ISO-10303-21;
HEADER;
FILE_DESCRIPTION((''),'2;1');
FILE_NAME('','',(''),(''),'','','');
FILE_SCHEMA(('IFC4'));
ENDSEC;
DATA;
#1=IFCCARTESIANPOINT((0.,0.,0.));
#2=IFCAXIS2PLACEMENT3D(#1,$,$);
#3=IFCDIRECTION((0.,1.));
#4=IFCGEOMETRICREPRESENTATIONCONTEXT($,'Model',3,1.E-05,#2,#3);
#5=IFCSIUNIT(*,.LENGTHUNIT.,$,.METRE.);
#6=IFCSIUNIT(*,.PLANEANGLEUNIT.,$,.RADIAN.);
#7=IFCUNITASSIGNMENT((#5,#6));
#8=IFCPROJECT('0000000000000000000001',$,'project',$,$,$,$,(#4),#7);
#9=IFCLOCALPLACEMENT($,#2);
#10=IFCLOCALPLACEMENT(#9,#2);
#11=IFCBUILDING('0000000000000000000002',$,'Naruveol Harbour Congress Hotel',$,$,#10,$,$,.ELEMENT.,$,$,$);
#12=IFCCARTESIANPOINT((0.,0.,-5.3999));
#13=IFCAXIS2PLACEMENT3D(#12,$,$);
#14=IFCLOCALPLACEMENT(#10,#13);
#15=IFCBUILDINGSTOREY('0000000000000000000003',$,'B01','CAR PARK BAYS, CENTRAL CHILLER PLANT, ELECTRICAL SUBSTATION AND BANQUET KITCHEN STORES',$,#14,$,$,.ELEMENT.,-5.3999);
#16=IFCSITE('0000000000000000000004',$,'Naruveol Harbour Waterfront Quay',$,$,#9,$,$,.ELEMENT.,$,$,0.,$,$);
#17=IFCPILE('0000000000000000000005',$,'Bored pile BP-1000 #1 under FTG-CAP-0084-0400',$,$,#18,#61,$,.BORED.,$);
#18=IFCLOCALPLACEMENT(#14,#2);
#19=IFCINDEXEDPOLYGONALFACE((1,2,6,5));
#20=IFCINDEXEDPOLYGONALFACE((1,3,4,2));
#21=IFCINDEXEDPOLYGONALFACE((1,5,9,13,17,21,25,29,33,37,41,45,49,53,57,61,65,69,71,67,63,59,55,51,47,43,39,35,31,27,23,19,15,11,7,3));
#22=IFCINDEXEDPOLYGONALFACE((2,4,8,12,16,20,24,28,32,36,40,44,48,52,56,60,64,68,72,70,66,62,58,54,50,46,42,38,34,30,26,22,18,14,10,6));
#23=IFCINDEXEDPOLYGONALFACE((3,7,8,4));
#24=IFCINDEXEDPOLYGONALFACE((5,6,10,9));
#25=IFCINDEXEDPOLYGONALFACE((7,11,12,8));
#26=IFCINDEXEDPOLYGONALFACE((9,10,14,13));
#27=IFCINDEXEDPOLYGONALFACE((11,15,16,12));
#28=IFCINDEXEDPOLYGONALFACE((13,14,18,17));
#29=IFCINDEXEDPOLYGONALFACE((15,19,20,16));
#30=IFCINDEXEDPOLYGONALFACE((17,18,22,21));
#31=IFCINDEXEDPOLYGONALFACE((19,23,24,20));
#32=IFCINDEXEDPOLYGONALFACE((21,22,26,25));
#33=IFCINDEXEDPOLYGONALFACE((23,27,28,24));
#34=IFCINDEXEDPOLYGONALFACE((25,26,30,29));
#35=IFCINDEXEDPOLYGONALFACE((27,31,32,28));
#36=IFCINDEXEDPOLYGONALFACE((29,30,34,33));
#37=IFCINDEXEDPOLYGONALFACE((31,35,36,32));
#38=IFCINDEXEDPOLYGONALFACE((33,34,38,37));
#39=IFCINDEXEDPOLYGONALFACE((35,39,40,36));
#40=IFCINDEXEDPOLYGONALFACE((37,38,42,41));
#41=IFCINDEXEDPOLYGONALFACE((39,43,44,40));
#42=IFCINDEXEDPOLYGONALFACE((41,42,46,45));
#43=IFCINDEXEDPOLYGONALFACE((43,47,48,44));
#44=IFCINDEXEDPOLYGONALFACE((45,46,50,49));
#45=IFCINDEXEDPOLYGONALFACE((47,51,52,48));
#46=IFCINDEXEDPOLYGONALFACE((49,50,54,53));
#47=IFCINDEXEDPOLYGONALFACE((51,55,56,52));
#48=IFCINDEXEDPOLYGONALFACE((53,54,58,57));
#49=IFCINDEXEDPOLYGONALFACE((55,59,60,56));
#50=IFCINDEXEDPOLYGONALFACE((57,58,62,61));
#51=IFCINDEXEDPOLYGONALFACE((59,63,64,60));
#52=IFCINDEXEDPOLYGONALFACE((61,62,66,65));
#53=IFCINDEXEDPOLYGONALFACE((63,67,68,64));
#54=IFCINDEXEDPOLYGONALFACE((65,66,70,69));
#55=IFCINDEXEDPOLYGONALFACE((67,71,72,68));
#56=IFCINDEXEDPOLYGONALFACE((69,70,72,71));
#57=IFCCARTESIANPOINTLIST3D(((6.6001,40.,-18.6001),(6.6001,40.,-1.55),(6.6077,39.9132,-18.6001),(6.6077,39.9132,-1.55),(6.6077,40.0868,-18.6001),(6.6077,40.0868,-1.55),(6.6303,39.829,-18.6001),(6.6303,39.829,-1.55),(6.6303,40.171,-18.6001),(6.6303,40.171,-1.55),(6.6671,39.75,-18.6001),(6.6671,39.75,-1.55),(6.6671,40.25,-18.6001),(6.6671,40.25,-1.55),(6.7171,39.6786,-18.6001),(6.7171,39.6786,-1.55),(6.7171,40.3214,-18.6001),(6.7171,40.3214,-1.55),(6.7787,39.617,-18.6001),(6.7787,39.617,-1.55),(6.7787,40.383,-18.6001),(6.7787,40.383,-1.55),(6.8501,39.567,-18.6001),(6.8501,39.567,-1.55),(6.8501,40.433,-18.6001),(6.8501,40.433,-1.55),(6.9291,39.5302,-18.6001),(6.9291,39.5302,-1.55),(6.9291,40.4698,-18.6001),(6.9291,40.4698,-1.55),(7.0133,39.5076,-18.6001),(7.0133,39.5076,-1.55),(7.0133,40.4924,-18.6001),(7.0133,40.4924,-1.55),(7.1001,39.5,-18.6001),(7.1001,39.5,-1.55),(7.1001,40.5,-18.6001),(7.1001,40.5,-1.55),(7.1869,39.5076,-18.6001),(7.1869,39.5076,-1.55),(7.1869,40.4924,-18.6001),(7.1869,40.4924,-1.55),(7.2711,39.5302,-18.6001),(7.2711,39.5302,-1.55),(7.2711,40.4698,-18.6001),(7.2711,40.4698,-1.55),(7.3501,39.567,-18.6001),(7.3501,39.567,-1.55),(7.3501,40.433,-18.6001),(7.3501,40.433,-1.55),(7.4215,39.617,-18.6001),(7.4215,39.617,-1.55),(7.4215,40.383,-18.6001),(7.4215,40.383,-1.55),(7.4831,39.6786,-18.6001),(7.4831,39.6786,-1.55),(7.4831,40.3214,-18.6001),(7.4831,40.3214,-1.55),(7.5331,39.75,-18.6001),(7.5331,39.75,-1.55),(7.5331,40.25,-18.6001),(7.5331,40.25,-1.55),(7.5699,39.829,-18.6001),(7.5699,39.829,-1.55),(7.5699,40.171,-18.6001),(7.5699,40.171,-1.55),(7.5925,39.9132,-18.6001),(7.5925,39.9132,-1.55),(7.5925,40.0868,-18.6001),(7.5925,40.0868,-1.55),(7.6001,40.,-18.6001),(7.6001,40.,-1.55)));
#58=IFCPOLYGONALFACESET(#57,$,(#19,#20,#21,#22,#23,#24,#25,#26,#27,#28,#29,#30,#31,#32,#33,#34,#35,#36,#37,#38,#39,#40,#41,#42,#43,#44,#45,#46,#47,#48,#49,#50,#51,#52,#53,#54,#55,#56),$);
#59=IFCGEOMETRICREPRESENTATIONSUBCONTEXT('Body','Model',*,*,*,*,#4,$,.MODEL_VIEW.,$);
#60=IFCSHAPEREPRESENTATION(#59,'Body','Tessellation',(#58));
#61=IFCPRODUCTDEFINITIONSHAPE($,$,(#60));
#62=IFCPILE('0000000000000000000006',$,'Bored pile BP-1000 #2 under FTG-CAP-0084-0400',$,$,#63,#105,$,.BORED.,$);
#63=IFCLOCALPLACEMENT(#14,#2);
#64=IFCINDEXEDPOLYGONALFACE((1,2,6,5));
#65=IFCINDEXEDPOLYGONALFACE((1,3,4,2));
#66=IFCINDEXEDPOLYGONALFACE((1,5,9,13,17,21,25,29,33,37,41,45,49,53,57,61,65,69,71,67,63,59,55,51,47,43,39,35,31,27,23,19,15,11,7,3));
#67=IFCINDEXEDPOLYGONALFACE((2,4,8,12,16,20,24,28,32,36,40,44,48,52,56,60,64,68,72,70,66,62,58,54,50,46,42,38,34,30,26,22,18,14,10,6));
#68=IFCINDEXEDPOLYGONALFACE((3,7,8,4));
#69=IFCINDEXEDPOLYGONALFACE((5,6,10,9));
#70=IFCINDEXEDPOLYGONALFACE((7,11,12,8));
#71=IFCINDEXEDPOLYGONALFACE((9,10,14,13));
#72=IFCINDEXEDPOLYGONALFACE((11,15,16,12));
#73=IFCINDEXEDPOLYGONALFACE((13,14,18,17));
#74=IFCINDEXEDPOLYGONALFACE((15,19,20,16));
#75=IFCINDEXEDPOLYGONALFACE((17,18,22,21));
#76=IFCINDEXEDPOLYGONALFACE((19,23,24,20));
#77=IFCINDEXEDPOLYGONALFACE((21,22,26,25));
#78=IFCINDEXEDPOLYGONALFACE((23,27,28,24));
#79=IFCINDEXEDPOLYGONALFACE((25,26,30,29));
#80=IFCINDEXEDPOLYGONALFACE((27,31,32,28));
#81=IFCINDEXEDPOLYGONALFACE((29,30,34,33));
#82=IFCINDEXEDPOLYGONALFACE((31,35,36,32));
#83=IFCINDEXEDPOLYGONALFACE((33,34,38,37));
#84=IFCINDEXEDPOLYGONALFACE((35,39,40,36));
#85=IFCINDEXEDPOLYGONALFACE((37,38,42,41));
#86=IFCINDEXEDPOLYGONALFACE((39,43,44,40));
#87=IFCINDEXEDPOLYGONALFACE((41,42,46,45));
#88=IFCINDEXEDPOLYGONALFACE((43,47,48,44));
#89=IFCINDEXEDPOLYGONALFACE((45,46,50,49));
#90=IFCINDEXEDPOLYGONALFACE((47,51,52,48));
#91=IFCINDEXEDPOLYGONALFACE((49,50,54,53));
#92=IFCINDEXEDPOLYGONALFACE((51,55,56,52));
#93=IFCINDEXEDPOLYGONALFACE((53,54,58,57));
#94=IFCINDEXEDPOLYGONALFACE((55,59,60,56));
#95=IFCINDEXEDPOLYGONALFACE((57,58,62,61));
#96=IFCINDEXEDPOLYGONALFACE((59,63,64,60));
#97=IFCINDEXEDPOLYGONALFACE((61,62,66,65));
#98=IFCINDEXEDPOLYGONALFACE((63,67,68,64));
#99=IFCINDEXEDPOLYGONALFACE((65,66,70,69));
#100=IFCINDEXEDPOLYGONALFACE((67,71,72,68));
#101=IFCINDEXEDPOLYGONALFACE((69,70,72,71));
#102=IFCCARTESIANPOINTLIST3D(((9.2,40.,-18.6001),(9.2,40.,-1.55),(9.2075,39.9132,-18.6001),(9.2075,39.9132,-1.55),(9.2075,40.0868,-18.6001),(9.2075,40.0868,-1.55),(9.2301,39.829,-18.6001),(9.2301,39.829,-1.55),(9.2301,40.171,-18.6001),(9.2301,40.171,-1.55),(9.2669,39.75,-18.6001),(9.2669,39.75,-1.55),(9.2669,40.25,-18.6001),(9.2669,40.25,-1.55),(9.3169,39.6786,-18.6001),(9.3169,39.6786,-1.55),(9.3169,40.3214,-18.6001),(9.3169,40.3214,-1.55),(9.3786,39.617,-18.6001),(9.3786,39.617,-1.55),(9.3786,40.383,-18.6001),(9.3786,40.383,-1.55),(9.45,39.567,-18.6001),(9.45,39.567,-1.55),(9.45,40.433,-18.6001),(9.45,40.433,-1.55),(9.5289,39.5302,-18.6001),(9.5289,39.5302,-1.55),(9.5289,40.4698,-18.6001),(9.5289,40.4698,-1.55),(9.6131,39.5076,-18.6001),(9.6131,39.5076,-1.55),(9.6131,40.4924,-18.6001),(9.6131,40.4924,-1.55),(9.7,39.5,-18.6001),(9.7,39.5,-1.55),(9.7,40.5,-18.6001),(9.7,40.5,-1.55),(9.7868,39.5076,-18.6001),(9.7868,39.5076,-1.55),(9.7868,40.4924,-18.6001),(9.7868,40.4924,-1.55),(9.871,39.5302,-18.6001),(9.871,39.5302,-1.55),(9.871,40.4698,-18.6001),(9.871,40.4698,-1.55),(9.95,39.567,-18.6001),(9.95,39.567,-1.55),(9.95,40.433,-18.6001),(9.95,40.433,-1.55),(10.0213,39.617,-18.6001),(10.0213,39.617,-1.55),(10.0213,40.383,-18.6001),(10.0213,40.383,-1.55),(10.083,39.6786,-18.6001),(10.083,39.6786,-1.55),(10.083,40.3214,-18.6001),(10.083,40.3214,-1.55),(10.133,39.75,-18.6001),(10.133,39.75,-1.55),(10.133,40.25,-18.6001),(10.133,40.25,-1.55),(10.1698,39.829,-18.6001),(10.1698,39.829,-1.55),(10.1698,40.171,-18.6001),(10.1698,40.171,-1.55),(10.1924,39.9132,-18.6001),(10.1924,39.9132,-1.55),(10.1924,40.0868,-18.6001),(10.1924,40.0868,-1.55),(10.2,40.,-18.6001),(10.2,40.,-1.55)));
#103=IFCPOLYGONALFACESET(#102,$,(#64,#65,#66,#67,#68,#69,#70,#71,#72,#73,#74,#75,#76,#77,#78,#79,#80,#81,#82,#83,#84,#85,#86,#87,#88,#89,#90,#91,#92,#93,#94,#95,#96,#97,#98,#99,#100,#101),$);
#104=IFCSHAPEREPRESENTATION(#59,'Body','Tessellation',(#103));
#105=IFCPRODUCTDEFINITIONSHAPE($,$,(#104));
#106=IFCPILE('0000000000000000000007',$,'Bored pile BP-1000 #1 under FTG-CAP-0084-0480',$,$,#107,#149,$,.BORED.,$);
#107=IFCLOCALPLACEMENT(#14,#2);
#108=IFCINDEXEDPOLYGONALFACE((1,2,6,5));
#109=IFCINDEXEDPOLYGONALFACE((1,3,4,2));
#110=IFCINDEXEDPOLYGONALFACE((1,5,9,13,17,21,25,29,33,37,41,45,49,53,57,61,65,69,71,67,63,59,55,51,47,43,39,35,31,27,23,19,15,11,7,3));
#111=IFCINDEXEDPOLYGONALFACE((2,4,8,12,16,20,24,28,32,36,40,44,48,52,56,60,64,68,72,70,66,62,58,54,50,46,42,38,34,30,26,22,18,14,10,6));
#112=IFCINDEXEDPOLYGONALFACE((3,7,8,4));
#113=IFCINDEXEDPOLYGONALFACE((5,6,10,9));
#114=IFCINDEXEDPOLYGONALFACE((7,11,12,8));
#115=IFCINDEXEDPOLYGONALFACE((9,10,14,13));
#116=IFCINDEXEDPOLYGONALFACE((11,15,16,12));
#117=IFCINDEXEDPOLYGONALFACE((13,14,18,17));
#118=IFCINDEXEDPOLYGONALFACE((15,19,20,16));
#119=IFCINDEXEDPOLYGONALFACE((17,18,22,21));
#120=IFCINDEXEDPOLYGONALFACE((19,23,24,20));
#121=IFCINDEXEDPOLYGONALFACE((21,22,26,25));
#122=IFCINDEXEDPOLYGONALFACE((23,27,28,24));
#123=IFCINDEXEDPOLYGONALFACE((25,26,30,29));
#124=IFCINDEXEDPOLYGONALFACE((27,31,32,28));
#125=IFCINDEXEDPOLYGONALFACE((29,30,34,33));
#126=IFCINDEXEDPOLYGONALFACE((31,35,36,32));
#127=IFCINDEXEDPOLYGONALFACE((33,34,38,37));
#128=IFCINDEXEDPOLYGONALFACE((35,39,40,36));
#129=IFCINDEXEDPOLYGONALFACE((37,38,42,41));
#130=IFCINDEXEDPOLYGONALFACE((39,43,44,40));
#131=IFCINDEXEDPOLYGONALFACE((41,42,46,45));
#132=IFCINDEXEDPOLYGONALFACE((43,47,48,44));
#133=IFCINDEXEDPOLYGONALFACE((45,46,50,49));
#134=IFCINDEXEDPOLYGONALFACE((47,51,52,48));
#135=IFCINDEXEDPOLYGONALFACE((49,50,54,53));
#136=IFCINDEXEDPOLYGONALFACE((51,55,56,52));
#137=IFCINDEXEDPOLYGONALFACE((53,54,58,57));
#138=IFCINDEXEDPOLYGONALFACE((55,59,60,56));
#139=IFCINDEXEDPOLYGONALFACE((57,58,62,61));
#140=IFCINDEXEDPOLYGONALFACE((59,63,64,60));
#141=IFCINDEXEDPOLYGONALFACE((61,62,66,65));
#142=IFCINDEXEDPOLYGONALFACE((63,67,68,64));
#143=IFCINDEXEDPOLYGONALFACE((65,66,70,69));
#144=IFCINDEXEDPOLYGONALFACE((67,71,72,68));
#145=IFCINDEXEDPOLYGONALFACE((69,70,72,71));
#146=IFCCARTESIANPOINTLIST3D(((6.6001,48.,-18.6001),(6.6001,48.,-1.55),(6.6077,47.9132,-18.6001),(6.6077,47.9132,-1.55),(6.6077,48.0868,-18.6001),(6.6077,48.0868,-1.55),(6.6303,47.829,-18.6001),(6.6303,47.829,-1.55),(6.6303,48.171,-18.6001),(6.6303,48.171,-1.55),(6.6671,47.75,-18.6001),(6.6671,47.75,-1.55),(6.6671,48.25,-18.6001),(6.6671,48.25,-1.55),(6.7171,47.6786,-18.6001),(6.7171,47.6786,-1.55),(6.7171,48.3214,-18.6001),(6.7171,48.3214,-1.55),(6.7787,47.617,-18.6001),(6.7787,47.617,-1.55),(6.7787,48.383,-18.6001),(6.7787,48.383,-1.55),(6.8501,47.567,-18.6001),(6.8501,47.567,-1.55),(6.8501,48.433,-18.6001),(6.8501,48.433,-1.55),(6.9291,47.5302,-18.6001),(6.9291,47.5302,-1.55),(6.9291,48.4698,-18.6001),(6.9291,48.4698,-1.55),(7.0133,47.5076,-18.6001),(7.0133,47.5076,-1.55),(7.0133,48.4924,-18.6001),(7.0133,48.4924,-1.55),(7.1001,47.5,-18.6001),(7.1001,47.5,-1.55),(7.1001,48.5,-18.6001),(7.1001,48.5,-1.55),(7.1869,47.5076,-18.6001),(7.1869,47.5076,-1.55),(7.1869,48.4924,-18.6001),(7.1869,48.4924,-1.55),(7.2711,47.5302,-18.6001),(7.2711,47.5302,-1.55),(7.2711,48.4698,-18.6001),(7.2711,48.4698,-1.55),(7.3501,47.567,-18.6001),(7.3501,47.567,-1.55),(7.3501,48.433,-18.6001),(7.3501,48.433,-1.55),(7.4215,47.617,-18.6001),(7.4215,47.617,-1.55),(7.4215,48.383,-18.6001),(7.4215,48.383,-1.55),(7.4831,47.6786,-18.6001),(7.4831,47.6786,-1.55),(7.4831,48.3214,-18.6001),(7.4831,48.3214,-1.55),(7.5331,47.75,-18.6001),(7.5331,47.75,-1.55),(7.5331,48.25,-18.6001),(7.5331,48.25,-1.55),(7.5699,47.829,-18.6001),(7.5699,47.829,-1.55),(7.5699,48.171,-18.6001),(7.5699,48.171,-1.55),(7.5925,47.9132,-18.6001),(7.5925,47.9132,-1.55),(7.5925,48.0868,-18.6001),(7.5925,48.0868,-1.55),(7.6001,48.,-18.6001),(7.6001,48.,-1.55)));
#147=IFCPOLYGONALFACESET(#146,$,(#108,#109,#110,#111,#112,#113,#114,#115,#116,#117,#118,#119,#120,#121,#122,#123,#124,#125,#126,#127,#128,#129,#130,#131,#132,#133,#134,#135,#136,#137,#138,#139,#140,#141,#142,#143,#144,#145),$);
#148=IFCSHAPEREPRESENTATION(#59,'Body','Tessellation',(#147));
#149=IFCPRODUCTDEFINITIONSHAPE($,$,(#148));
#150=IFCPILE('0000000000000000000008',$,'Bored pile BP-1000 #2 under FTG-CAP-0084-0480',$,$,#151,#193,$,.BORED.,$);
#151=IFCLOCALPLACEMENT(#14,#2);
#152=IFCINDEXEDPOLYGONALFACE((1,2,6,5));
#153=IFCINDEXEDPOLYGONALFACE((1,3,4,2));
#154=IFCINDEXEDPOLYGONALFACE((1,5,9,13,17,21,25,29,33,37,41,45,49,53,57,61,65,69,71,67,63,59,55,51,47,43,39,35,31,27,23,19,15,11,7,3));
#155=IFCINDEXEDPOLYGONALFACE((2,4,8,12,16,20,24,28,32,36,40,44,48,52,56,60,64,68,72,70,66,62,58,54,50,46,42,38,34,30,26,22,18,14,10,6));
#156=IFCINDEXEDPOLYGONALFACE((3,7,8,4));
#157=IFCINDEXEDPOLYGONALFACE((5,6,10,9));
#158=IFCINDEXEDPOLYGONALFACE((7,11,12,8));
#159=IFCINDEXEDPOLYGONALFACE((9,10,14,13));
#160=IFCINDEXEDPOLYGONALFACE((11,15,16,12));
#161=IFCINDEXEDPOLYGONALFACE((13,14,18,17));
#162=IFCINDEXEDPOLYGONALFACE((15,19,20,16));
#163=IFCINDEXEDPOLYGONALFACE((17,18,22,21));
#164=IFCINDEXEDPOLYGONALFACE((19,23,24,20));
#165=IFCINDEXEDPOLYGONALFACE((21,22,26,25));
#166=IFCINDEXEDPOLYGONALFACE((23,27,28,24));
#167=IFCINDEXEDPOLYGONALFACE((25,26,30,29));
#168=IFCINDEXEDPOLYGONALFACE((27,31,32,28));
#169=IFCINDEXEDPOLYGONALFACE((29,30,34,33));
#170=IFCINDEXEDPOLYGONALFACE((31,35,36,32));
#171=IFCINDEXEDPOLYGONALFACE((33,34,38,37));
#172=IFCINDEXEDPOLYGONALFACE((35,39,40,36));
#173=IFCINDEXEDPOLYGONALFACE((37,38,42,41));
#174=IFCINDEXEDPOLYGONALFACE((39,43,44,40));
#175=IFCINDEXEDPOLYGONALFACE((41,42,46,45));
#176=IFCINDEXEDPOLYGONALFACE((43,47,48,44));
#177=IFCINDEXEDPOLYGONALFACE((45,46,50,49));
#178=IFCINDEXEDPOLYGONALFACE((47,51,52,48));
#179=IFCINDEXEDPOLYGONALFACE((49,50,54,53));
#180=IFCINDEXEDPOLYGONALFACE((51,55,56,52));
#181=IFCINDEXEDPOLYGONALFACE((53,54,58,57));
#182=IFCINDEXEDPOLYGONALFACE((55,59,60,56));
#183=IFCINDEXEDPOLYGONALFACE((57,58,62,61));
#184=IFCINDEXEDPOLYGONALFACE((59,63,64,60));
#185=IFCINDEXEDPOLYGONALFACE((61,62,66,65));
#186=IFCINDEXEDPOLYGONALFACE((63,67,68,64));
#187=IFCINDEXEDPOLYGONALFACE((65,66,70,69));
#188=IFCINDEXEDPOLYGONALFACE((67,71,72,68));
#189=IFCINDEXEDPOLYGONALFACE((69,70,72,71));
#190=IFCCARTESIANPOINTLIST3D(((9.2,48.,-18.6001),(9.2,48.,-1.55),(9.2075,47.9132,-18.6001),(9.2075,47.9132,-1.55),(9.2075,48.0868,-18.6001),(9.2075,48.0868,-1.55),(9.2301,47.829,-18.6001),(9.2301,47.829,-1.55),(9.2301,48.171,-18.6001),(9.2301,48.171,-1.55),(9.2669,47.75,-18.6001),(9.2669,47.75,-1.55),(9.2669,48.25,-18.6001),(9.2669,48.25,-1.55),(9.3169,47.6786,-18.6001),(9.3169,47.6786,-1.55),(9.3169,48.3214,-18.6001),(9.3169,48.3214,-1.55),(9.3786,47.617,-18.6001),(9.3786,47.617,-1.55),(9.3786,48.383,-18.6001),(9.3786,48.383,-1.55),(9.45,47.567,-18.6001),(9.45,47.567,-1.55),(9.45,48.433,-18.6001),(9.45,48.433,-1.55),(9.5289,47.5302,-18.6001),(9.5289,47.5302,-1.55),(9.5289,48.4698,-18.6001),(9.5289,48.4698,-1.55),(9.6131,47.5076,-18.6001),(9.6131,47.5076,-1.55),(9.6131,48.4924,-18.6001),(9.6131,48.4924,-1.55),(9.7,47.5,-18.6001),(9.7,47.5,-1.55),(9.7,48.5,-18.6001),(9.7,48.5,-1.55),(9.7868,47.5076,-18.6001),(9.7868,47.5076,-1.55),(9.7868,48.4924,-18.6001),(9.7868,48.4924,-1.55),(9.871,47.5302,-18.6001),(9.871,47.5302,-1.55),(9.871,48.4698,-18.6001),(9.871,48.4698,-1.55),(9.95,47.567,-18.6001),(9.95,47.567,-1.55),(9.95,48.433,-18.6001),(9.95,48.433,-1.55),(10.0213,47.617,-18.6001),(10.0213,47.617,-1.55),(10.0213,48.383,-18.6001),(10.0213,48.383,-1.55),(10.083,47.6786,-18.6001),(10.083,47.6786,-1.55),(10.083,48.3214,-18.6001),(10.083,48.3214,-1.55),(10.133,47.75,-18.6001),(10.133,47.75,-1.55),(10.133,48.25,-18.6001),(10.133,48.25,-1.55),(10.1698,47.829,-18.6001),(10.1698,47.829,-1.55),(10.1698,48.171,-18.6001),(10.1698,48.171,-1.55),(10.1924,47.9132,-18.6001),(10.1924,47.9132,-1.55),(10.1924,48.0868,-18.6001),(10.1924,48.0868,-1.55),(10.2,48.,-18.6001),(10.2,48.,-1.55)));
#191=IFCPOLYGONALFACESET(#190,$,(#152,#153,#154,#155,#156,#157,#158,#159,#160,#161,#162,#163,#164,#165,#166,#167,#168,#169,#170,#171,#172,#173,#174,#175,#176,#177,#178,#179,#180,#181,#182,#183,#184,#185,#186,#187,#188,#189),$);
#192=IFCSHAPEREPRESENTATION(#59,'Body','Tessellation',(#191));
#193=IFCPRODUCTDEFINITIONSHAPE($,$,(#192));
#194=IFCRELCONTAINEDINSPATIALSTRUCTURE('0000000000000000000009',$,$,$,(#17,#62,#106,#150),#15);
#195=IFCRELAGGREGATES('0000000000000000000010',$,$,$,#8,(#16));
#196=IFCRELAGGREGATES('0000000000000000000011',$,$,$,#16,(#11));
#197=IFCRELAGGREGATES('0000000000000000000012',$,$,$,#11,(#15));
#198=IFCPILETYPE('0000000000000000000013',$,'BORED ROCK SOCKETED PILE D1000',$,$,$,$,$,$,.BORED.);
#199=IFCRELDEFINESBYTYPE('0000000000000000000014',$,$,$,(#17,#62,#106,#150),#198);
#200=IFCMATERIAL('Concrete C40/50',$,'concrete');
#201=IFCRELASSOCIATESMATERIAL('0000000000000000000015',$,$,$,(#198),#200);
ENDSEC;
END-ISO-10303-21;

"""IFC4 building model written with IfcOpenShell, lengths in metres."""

from ifc_helpers import new_model, si_unit, direction, frame, origin, origin_2d, place, context, subcontext, project, spatial, circle, extrude, material, material_profile, profile_set, type_object, element, save


model = new_model("IFC4")

# Units and contexts
model_context = context("Model", 3, precision=1e-05, world=origin(), true_north=direction((0.0, 1.0)))
body_context = subcontext(model_context, "Body", "Model", "MODEL_VIEW")
ifc_project = project(units=[si_unit("LENGTHUNIT", "METRE"), si_unit("PLANEANGLEUNIT", "RADIAN")], contexts=[model_context])

# Site, building, storey
site_placement = place(None, origin())
site = spatial("IfcSite", under=ifc_project, at=site_placement, Name="Naruveol Harbour Waterfront Quay", CompositionType="ELEMENT", RefElevation=0.0)
building_placement = place(site_placement, origin())
building = spatial("IfcBuilding", under=site, at=building_placement, Name="Naruveol Harbour Congress Hotel", CompositionType="ELEMENT")
storey_placement = place(building_placement, frame((0.0, 0.0, -5.3999)))
storey = spatial("IfcBuildingStorey", under=building, at=storey_placement, Name="B01", Description="CAR PARK BAYS, CENTRAL CHILLER PLANT, ELECTRICAL SUBSTATION AND BANQUET KITCHEN STORES", CompositionType="ELEMENT", Elevation=-5.3999)

# Piles
ifc_material_1 = material(Name="Concrete C40/50", Category="concrete")
ifc_material_profile_1 = material_profile(ifc_material_1, circle(Radius=0.5, at=origin_2d()), Name="BP-1000")
ifc_profile_set_1 = profile_set([ifc_material_profile_1], Name="Concrete C40/50")
pile_type_1 = type_object("IfcPileType", Name="BORED ROCK SOCKETED PILE D1000", PredefinedType="BORED", material=ifc_profile_set_1)
for number, where, z_axis, x_axis, name in (
    (1, (7.1001, 40.0, -1.55), (0.0, 0.0, -1.0), (1.0, 0.0, 0.0), "Bored pile BP-1000 #1 under FTG-CAP-0084-0400"),
    (2, (9.7, 40.0, -1.55), (0.0, 0.0, -1.0), (1.0, 0.0, 0.0), "Bored pile BP-1000 #2 under FTG-CAP-0084-0400"),
    (3, (7.1001, 48.0, -1.55), (0.0, 0.0, -1.0), (1.0, 0.0, 0.0), "Bored pile BP-1000 #1 under FTG-CAP-0084-0480"),
    (4, (9.7, 48.0, -1.55), (0.0, 0.0, -1.0), (1.0, 0.0, 0.0), "Bored pile BP-1000 #2 under FTG-CAP-0084-0480"),
):
    element("IfcPile", number, at=place(storey_placement, frame(where, z_axis=z_axis, x_axis=x_axis)), inside=storey, type_object=pile_type_1, Name=name, PredefinedType="BORED", context=body_context, shape_type="SweptSolid", body=[
        extrude(circle(Radius=0.5, at=origin_2d()), origin(), (0.0, 0.0, 1.0), 17.05),
    ])

save(model, "model.ifc")
